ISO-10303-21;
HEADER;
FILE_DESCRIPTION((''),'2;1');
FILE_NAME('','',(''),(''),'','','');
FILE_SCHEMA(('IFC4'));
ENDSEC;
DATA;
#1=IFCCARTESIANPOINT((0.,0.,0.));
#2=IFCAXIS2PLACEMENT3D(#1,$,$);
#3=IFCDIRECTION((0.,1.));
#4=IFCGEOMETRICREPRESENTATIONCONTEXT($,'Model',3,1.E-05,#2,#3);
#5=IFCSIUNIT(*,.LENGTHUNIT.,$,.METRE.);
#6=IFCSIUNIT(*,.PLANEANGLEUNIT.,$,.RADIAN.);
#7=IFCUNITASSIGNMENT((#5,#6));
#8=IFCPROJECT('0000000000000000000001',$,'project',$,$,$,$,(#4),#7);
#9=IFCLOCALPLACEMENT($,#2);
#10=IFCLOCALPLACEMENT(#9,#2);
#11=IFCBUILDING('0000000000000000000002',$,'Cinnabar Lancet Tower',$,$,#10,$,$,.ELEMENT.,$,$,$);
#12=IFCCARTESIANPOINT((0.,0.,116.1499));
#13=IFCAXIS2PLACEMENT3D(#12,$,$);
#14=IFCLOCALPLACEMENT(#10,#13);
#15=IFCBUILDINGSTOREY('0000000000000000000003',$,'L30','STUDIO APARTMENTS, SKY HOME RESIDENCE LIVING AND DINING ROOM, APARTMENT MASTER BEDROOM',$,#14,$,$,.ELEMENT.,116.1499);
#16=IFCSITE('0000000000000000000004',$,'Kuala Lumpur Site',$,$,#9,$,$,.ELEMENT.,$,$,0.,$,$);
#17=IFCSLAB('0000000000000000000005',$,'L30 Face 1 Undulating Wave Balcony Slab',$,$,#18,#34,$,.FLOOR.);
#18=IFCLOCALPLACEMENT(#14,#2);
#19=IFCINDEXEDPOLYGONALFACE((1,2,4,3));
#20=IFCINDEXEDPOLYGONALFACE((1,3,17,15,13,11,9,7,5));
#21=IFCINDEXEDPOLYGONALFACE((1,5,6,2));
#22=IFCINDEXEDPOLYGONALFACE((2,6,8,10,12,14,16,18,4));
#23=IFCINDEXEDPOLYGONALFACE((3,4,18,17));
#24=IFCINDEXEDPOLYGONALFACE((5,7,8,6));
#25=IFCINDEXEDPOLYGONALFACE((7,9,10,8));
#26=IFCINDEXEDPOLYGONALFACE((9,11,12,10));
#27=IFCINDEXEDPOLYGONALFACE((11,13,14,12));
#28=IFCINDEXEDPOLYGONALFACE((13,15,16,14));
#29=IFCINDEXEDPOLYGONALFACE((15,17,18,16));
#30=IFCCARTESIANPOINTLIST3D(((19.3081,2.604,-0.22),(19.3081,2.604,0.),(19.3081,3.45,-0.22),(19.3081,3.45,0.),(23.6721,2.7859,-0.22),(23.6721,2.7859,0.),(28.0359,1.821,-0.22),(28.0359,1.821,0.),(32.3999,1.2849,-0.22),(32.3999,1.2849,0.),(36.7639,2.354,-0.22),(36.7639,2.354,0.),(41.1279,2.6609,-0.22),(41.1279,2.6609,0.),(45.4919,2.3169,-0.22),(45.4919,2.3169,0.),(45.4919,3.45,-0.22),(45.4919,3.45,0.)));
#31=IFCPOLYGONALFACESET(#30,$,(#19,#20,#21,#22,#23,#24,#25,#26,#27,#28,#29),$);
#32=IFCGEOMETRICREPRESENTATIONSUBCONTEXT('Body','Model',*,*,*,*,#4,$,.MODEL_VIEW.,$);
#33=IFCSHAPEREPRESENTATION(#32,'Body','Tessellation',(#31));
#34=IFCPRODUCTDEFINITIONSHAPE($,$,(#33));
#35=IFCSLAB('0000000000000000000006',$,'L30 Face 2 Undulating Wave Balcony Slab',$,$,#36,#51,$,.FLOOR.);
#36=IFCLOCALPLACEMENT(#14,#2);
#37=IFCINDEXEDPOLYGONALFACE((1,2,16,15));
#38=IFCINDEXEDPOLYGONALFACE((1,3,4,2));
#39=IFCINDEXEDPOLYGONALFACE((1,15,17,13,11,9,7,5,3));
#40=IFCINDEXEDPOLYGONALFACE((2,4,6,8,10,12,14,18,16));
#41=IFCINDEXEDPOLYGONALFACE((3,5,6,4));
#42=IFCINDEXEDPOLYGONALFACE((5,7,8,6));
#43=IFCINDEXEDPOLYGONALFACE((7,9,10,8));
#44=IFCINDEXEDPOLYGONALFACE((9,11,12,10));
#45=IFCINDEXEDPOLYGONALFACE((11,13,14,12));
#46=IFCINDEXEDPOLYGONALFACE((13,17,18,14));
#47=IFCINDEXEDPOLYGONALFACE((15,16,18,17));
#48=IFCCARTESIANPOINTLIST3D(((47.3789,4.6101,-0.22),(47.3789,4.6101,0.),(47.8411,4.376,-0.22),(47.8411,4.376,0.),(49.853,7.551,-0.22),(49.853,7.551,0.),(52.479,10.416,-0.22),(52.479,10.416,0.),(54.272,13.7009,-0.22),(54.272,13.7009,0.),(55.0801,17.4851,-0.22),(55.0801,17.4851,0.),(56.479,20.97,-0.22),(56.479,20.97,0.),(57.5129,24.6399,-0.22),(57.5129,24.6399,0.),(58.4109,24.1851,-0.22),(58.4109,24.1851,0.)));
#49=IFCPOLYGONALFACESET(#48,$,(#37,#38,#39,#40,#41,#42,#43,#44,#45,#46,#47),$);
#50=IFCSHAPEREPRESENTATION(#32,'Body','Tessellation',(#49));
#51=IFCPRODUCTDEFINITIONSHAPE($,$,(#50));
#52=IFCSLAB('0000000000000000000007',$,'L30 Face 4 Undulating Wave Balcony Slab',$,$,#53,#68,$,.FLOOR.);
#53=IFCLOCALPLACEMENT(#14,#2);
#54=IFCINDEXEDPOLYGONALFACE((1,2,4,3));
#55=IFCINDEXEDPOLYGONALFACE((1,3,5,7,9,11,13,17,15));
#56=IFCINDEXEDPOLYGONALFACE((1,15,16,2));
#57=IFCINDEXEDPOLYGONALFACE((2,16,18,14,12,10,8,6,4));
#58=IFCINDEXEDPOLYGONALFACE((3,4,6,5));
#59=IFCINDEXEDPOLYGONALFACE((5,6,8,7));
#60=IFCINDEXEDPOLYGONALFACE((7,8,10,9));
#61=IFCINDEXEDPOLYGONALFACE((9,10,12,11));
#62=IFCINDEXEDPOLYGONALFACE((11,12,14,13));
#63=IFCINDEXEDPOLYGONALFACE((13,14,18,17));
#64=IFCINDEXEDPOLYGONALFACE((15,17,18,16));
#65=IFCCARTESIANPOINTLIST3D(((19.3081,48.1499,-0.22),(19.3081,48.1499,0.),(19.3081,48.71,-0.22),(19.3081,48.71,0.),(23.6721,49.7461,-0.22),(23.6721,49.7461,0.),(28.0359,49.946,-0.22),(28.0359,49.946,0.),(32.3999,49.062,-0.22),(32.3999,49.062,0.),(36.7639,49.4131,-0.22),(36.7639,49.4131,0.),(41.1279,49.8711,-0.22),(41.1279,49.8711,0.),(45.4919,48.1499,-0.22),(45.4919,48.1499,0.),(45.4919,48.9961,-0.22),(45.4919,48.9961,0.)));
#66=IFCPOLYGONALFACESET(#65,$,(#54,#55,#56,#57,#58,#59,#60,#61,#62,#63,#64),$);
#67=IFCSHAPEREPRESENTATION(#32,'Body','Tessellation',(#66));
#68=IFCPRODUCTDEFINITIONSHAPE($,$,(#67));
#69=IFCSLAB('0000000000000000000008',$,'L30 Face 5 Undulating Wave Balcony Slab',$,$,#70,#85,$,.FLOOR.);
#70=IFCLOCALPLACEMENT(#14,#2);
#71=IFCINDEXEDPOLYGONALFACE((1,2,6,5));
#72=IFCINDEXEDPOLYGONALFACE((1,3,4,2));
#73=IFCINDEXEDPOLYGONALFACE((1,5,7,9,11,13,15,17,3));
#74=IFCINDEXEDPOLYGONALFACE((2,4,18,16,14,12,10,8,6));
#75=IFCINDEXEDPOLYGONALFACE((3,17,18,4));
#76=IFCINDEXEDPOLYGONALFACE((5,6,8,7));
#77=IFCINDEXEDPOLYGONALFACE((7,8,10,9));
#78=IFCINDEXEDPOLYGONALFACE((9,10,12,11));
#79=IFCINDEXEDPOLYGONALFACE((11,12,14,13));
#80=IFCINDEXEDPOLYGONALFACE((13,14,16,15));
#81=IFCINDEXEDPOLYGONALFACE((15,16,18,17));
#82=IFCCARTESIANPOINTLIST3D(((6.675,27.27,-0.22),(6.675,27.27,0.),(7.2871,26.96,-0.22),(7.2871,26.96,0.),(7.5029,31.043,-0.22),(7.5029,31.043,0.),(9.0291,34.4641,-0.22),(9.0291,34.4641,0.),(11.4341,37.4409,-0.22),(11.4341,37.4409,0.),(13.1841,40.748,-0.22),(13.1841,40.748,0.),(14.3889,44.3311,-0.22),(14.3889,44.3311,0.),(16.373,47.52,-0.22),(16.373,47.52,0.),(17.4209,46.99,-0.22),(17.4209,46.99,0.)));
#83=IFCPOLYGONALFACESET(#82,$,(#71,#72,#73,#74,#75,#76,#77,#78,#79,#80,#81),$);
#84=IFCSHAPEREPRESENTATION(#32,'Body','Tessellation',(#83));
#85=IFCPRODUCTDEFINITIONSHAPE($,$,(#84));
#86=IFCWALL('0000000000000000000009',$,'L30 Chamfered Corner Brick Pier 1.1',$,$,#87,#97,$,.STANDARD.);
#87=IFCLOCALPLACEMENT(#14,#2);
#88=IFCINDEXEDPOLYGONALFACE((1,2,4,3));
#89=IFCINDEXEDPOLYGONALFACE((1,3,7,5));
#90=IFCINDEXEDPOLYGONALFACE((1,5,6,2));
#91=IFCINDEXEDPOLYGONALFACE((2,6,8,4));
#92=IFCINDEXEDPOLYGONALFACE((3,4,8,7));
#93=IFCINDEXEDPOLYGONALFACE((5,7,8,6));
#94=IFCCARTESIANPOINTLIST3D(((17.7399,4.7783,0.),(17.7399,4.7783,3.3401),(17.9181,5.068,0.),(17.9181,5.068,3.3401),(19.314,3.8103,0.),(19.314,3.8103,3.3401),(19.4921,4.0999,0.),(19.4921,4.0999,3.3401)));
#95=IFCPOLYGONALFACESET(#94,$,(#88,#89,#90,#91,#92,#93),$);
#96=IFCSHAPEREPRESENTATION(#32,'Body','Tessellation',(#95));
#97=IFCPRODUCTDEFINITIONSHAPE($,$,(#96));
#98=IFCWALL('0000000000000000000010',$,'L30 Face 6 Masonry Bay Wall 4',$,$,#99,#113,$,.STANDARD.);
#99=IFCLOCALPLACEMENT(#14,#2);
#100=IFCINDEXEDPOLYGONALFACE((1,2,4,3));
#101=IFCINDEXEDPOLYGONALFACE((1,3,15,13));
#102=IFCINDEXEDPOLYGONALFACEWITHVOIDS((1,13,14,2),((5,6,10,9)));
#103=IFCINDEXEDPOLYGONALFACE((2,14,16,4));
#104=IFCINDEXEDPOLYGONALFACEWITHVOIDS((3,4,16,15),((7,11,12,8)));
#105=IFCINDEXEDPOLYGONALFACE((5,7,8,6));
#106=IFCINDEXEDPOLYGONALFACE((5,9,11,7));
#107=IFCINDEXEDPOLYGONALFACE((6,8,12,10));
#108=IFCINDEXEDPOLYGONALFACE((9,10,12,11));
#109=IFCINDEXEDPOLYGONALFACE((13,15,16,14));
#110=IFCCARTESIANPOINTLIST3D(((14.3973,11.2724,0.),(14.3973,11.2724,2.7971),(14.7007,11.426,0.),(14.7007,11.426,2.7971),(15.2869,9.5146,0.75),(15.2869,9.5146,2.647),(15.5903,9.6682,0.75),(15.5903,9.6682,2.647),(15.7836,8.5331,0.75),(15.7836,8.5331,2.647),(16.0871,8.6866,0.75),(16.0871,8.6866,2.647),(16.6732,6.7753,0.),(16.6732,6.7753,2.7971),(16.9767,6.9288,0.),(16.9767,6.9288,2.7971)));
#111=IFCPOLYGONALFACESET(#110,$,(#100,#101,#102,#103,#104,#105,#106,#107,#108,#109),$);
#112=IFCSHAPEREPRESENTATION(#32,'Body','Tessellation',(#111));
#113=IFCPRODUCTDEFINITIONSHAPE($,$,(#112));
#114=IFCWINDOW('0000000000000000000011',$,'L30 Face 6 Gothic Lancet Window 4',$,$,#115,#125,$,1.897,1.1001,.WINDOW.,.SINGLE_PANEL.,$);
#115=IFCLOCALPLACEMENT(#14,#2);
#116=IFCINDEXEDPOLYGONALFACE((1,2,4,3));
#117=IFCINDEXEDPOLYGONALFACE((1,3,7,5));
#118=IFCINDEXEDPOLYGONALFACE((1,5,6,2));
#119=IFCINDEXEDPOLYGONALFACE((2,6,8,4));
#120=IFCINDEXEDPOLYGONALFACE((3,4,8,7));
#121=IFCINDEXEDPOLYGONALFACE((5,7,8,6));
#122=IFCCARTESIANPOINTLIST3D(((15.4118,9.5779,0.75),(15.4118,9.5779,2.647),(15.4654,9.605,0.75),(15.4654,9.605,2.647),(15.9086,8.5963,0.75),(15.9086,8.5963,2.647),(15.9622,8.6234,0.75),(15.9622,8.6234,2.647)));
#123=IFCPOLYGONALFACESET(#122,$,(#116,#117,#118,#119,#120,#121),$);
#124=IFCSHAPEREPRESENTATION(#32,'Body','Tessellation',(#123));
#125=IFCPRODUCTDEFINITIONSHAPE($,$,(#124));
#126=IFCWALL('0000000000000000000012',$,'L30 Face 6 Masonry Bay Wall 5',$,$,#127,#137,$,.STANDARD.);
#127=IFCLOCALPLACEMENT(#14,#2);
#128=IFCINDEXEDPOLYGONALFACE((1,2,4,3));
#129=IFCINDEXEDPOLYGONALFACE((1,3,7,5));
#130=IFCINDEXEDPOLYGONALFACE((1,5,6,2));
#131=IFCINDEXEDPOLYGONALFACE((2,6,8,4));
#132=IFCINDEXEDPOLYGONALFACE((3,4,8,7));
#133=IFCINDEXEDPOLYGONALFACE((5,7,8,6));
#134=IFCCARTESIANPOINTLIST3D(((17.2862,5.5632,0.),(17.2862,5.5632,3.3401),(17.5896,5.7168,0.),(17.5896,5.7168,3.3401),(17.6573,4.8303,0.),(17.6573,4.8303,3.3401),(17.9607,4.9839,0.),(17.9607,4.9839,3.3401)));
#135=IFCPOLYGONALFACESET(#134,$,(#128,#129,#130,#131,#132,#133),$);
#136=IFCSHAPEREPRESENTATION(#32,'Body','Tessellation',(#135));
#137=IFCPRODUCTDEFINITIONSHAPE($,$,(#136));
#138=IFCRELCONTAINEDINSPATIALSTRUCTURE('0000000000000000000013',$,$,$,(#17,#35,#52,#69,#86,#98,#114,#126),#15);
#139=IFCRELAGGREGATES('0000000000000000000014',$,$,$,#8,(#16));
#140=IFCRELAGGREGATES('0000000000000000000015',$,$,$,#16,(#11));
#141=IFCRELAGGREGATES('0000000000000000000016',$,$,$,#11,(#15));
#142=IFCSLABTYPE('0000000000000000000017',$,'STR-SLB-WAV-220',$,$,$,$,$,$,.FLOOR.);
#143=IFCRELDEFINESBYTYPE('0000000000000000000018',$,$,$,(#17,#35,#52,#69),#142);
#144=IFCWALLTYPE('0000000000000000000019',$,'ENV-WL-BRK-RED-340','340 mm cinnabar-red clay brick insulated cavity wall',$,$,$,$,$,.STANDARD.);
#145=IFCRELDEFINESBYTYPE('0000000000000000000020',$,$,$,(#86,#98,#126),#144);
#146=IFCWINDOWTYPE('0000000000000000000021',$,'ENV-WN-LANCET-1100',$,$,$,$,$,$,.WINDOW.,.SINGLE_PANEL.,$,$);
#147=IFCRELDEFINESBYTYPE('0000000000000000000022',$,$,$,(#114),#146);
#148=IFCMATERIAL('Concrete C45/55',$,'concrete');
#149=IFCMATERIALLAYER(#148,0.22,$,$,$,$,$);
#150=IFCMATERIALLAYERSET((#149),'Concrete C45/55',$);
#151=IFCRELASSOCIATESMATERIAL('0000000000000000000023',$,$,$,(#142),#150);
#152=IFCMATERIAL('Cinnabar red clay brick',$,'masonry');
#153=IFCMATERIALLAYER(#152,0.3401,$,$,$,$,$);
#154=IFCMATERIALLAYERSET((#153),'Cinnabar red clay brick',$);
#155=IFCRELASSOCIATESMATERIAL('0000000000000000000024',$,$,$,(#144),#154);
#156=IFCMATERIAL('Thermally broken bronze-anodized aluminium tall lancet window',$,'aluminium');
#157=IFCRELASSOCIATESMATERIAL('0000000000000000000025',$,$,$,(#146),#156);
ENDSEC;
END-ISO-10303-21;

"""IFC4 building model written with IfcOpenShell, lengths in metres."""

from ifc_helpers import new_model, si_unit, direction, frame, frame_2d, origin, place, context, subcontext, project, spatial, polyline, rectangle, outline, extrude, material, layer, layer_set, type_object, element, fill, save


model = new_model("IFC4")

# Units and contexts
model_context = context("Model", 3, precision=1e-05, world=origin(), true_north=direction((0.0, 1.0)))
body_context = subcontext(model_context, "Body", "Model", "MODEL_VIEW")
ifc_project = project(units=[si_unit("LENGTHUNIT", "METRE"), si_unit("PLANEANGLEUNIT", "RADIAN")], contexts=[model_context])

# Site, building, storey
site_placement = place(None, origin())
site = spatial("IfcSite", under=ifc_project, at=site_placement, Name="Kuala Lumpur Site", CompositionType="ELEMENT", RefElevation=0.0)
building_placement = place(site_placement, origin())
building = spatial("IfcBuilding", under=site, at=building_placement, Name="Cinnabar Lancet Tower", CompositionType="ELEMENT")
storey_placement = place(building_placement, frame((0.0, 0.0, 116.1499)))
storey = spatial("IfcBuildingStorey", under=building, at=storey_placement, Name="L30", Description="STUDIO APARTMENTS, SKY HOME RESIDENCE LIVING AND DINING ROOM, APARTMENT MASTER BEDROOM", CompositionType="ELEMENT", Elevation=116.1499)

# Slabs
ifc_material_1 = material(Name="Concrete C45/55", Category="concrete")
ifc_layer_1 = layer(ifc_material_1, 0.22)
ifc_layer_set_1 = layer_set([ifc_layer_1], Name="Concrete C45/55")
slab_type_1 = type_object("IfcSlabType", Name="STR-SLB-WAV-220", PredefinedType="FLOOR", material=ifc_layer_set_1)
slab_1_placement = place(storey_placement, frame((0.0, 0.0, -0.22)))
element("IfcSlab", 1, at=slab_1_placement, inside=storey, type_object=slab_type_1, Name="L30 Face 1 Undulating Wave Balcony Slab", PredefinedType="FLOOR", context=body_context, shape_type="SweptSolid", body=[
    extrude(outline(polyline([(19.3081, 3.45), (19.3081, 2.604), (23.6721, 2.7859), (28.0359, 1.821), (32.3999, 1.2849), (36.7639, 2.354), (41.1279, 2.6609), (45.4919, 2.3169), (45.4919, 3.45), (19.3081, 3.45)])), origin(), (0.0, 0.0, 1.0), 0.22),
])
slab_2_placement = place(storey_placement, frame((0.0, 0.0, -0.22)))
element("IfcSlab", 2, at=slab_2_placement, inside=storey, type_object=slab_type_1, Name="L30 Face 2 Undulating Wave Balcony Slab", PredefinedType="FLOOR", context=body_context, shape_type="SweptSolid", body=[
    extrude(outline(polyline([(47.3789, 4.6101), (47.8411, 4.376), (49.853, 7.551), (52.479, 10.416), (54.272, 13.7009), (55.0801, 17.4851), (56.479, 20.97), (58.4109, 24.1851), (57.5129, 24.6399), (47.3789, 4.6101)])), origin(), (0.0, 0.0, 1.0), 0.22),
])
slab_3_placement = place(storey_placement, frame((0.0, 0.0, -0.22)))
element("IfcSlab", 3, at=slab_3_placement, inside=storey, type_object=slab_type_1, Name="L30 Face 4 Undulating Wave Balcony Slab", PredefinedType="FLOOR", context=body_context, shape_type="SweptSolid", body=[
    extrude(outline(polyline([(45.4919, 48.1499), (45.4919, 48.9961), (41.1279, 49.8711), (36.7639, 49.4131), (32.3999, 49.062), (28.0359, 49.946), (23.6721, 49.7461), (19.3081, 48.71), (19.3081, 48.1499), (45.4919, 48.1499)])), origin(), (0.0, 0.0, 1.0), 0.22),
])
slab_4_placement = place(storey_placement, frame((0.0, 0.0, -0.22)))
element("IfcSlab", 4, at=slab_4_placement, inside=storey, type_object=slab_type_1, Name="L30 Face 5 Undulating Wave Balcony Slab", PredefinedType="FLOOR", context=body_context, shape_type="SweptSolid", body=[
    extrude(outline(polyline([(17.4209, 46.99), (16.373, 47.52), (14.3889, 44.3311), (13.1841, 40.748), (11.4341, 37.4409), (9.0291, 34.4641), (7.5029, 31.043), (6.675, 27.27), (7.2871, 26.96), (17.4209, 46.99)])), origin(), (0.0, 0.0, 1.0), 0.22),
])

# Wall
ifc_material_2 = material(Name="Cinnabar red clay brick", Category="masonry")
ifc_layer_2 = layer(ifc_material_2, 0.3401)
ifc_layer_set_2 = layer_set([ifc_layer_2], Name="Cinnabar red clay brick")
wall_type = type_object("IfcWallType", Name="ENV-WL-BRK-RED-340", Description="340 mm cinnabar-red clay brick insulated cavity wall", PredefinedType="STANDARD", material=ifc_layer_set_2)
wall_1_placement = place(storey_placement, frame((17.8291, 4.9231, 0.0), z_axis=(0.0, 0.0, 1.0), x_axis=(0.851799, -0.523869, 0.0)))
element("IfcWall", 5, at=wall_1_placement, inside=storey, type_object=wall_type, Name="L30 Chamfered Corner Brick Pier 1.1", PredefinedType="STANDARD", context=body_context, shape_type="SweptSolid", body=[
    extrude(rectangle(XDim=1.8479, YDim=0.3401, at=frame_2d((0.9238, 0.0))), origin(), (0.0, 0.0, 1.0), 3.3401),
])

# Wall, opening, window
wall_2_placement = place(storey_placement, frame((14.5491, 11.3491, 0.0), z_axis=(0.0, 0.0, 1.0), x_axis=(0.451548, -0.892247, 0.0)))
wall_2 = element("IfcWall", 6, at=wall_2_placement, inside=storey, type_object=wall_type, Name="L30 Face 6 Masonry Bay Wall 4", PredefinedType="STANDARD", context=body_context, shape_type="SweptSolid", body=[
    extrude(rectangle(XDim=5.0403, YDim=0.3401, at=frame_2d((2.52, 0.0))), origin(), (0.0, 0.0, 1.0), 2.7971),
])
opening_placement = place(wall_2_placement, frame((1.97, 0.0, 0.75)))
opening = element("IfcOpeningElement", 7, at=opening_placement, cuts=wall_2, PredefinedType="OPENING", context=body_context, shape_type="SweptSolid", body=[
    extrude(rectangle(XDim=1.1001, YDim=1.897, at=frame_2d((0.55, 0.9485))), frame((0.0, 0.1799, 0.0), z_axis=(0.0, -1.0, 0.0), x_axis=(1.0, 0.0, 0.0)), (0.0, 0.0, 1.0), 0.3601),
])
ifc_material_3 = material(Name="Thermally broken bronze-anodized aluminium tall lancet window", Category="aluminium")
window_type = type_object("IfcWindowType", Name="ENV-WN-LANCET-1100", PartitioningType="SINGLE_PANEL", PredefinedType="WINDOW", material=ifc_material_3)
window_placement = place(opening_placement, origin())
window = element("IfcWindow", 8, at=window_placement, inside=storey, type_object=window_type, Name="L30 Face 6 Gothic Lancet Window 4", OverallHeight=1.897, OverallWidth=1.1001, PartitioningType="SINGLE_PANEL", PredefinedType="WINDOW", context=body_context, shape_type="SweptSolid", body=[
    extrude(rectangle(XDim=1.1001, YDim=1.897, at=frame_2d((0.55, 0.9485))), frame((0.0, 0.03, 0.0), z_axis=(0.0, -1.0, 0.0), x_axis=(1.0, 0.0, 0.0)), (0.0, 0.0, 1.0), 0.0601),
])
fill(opening, window)

# Wall
wall_3_placement = place(storey_placement, frame((17.438, 5.6399, 0.0), z_axis=(0.0, 0.0, 1.0), x_axis=(0.451725, -0.892157, 0.0)))
element("IfcWall", 9, at=wall_3_placement, inside=storey, type_object=wall_type, Name="L30 Face 6 Masonry Bay Wall 5", PredefinedType="STANDARD", context=body_context, shape_type="SweptSolid", body=[
    extrude(rectangle(XDim=0.8215, YDim=0.3401, at=frame_2d((0.4106, 0.0))), origin(), (0.0, 0.0, 1.0), 3.3401),
])

save(model, "model.ifc")
